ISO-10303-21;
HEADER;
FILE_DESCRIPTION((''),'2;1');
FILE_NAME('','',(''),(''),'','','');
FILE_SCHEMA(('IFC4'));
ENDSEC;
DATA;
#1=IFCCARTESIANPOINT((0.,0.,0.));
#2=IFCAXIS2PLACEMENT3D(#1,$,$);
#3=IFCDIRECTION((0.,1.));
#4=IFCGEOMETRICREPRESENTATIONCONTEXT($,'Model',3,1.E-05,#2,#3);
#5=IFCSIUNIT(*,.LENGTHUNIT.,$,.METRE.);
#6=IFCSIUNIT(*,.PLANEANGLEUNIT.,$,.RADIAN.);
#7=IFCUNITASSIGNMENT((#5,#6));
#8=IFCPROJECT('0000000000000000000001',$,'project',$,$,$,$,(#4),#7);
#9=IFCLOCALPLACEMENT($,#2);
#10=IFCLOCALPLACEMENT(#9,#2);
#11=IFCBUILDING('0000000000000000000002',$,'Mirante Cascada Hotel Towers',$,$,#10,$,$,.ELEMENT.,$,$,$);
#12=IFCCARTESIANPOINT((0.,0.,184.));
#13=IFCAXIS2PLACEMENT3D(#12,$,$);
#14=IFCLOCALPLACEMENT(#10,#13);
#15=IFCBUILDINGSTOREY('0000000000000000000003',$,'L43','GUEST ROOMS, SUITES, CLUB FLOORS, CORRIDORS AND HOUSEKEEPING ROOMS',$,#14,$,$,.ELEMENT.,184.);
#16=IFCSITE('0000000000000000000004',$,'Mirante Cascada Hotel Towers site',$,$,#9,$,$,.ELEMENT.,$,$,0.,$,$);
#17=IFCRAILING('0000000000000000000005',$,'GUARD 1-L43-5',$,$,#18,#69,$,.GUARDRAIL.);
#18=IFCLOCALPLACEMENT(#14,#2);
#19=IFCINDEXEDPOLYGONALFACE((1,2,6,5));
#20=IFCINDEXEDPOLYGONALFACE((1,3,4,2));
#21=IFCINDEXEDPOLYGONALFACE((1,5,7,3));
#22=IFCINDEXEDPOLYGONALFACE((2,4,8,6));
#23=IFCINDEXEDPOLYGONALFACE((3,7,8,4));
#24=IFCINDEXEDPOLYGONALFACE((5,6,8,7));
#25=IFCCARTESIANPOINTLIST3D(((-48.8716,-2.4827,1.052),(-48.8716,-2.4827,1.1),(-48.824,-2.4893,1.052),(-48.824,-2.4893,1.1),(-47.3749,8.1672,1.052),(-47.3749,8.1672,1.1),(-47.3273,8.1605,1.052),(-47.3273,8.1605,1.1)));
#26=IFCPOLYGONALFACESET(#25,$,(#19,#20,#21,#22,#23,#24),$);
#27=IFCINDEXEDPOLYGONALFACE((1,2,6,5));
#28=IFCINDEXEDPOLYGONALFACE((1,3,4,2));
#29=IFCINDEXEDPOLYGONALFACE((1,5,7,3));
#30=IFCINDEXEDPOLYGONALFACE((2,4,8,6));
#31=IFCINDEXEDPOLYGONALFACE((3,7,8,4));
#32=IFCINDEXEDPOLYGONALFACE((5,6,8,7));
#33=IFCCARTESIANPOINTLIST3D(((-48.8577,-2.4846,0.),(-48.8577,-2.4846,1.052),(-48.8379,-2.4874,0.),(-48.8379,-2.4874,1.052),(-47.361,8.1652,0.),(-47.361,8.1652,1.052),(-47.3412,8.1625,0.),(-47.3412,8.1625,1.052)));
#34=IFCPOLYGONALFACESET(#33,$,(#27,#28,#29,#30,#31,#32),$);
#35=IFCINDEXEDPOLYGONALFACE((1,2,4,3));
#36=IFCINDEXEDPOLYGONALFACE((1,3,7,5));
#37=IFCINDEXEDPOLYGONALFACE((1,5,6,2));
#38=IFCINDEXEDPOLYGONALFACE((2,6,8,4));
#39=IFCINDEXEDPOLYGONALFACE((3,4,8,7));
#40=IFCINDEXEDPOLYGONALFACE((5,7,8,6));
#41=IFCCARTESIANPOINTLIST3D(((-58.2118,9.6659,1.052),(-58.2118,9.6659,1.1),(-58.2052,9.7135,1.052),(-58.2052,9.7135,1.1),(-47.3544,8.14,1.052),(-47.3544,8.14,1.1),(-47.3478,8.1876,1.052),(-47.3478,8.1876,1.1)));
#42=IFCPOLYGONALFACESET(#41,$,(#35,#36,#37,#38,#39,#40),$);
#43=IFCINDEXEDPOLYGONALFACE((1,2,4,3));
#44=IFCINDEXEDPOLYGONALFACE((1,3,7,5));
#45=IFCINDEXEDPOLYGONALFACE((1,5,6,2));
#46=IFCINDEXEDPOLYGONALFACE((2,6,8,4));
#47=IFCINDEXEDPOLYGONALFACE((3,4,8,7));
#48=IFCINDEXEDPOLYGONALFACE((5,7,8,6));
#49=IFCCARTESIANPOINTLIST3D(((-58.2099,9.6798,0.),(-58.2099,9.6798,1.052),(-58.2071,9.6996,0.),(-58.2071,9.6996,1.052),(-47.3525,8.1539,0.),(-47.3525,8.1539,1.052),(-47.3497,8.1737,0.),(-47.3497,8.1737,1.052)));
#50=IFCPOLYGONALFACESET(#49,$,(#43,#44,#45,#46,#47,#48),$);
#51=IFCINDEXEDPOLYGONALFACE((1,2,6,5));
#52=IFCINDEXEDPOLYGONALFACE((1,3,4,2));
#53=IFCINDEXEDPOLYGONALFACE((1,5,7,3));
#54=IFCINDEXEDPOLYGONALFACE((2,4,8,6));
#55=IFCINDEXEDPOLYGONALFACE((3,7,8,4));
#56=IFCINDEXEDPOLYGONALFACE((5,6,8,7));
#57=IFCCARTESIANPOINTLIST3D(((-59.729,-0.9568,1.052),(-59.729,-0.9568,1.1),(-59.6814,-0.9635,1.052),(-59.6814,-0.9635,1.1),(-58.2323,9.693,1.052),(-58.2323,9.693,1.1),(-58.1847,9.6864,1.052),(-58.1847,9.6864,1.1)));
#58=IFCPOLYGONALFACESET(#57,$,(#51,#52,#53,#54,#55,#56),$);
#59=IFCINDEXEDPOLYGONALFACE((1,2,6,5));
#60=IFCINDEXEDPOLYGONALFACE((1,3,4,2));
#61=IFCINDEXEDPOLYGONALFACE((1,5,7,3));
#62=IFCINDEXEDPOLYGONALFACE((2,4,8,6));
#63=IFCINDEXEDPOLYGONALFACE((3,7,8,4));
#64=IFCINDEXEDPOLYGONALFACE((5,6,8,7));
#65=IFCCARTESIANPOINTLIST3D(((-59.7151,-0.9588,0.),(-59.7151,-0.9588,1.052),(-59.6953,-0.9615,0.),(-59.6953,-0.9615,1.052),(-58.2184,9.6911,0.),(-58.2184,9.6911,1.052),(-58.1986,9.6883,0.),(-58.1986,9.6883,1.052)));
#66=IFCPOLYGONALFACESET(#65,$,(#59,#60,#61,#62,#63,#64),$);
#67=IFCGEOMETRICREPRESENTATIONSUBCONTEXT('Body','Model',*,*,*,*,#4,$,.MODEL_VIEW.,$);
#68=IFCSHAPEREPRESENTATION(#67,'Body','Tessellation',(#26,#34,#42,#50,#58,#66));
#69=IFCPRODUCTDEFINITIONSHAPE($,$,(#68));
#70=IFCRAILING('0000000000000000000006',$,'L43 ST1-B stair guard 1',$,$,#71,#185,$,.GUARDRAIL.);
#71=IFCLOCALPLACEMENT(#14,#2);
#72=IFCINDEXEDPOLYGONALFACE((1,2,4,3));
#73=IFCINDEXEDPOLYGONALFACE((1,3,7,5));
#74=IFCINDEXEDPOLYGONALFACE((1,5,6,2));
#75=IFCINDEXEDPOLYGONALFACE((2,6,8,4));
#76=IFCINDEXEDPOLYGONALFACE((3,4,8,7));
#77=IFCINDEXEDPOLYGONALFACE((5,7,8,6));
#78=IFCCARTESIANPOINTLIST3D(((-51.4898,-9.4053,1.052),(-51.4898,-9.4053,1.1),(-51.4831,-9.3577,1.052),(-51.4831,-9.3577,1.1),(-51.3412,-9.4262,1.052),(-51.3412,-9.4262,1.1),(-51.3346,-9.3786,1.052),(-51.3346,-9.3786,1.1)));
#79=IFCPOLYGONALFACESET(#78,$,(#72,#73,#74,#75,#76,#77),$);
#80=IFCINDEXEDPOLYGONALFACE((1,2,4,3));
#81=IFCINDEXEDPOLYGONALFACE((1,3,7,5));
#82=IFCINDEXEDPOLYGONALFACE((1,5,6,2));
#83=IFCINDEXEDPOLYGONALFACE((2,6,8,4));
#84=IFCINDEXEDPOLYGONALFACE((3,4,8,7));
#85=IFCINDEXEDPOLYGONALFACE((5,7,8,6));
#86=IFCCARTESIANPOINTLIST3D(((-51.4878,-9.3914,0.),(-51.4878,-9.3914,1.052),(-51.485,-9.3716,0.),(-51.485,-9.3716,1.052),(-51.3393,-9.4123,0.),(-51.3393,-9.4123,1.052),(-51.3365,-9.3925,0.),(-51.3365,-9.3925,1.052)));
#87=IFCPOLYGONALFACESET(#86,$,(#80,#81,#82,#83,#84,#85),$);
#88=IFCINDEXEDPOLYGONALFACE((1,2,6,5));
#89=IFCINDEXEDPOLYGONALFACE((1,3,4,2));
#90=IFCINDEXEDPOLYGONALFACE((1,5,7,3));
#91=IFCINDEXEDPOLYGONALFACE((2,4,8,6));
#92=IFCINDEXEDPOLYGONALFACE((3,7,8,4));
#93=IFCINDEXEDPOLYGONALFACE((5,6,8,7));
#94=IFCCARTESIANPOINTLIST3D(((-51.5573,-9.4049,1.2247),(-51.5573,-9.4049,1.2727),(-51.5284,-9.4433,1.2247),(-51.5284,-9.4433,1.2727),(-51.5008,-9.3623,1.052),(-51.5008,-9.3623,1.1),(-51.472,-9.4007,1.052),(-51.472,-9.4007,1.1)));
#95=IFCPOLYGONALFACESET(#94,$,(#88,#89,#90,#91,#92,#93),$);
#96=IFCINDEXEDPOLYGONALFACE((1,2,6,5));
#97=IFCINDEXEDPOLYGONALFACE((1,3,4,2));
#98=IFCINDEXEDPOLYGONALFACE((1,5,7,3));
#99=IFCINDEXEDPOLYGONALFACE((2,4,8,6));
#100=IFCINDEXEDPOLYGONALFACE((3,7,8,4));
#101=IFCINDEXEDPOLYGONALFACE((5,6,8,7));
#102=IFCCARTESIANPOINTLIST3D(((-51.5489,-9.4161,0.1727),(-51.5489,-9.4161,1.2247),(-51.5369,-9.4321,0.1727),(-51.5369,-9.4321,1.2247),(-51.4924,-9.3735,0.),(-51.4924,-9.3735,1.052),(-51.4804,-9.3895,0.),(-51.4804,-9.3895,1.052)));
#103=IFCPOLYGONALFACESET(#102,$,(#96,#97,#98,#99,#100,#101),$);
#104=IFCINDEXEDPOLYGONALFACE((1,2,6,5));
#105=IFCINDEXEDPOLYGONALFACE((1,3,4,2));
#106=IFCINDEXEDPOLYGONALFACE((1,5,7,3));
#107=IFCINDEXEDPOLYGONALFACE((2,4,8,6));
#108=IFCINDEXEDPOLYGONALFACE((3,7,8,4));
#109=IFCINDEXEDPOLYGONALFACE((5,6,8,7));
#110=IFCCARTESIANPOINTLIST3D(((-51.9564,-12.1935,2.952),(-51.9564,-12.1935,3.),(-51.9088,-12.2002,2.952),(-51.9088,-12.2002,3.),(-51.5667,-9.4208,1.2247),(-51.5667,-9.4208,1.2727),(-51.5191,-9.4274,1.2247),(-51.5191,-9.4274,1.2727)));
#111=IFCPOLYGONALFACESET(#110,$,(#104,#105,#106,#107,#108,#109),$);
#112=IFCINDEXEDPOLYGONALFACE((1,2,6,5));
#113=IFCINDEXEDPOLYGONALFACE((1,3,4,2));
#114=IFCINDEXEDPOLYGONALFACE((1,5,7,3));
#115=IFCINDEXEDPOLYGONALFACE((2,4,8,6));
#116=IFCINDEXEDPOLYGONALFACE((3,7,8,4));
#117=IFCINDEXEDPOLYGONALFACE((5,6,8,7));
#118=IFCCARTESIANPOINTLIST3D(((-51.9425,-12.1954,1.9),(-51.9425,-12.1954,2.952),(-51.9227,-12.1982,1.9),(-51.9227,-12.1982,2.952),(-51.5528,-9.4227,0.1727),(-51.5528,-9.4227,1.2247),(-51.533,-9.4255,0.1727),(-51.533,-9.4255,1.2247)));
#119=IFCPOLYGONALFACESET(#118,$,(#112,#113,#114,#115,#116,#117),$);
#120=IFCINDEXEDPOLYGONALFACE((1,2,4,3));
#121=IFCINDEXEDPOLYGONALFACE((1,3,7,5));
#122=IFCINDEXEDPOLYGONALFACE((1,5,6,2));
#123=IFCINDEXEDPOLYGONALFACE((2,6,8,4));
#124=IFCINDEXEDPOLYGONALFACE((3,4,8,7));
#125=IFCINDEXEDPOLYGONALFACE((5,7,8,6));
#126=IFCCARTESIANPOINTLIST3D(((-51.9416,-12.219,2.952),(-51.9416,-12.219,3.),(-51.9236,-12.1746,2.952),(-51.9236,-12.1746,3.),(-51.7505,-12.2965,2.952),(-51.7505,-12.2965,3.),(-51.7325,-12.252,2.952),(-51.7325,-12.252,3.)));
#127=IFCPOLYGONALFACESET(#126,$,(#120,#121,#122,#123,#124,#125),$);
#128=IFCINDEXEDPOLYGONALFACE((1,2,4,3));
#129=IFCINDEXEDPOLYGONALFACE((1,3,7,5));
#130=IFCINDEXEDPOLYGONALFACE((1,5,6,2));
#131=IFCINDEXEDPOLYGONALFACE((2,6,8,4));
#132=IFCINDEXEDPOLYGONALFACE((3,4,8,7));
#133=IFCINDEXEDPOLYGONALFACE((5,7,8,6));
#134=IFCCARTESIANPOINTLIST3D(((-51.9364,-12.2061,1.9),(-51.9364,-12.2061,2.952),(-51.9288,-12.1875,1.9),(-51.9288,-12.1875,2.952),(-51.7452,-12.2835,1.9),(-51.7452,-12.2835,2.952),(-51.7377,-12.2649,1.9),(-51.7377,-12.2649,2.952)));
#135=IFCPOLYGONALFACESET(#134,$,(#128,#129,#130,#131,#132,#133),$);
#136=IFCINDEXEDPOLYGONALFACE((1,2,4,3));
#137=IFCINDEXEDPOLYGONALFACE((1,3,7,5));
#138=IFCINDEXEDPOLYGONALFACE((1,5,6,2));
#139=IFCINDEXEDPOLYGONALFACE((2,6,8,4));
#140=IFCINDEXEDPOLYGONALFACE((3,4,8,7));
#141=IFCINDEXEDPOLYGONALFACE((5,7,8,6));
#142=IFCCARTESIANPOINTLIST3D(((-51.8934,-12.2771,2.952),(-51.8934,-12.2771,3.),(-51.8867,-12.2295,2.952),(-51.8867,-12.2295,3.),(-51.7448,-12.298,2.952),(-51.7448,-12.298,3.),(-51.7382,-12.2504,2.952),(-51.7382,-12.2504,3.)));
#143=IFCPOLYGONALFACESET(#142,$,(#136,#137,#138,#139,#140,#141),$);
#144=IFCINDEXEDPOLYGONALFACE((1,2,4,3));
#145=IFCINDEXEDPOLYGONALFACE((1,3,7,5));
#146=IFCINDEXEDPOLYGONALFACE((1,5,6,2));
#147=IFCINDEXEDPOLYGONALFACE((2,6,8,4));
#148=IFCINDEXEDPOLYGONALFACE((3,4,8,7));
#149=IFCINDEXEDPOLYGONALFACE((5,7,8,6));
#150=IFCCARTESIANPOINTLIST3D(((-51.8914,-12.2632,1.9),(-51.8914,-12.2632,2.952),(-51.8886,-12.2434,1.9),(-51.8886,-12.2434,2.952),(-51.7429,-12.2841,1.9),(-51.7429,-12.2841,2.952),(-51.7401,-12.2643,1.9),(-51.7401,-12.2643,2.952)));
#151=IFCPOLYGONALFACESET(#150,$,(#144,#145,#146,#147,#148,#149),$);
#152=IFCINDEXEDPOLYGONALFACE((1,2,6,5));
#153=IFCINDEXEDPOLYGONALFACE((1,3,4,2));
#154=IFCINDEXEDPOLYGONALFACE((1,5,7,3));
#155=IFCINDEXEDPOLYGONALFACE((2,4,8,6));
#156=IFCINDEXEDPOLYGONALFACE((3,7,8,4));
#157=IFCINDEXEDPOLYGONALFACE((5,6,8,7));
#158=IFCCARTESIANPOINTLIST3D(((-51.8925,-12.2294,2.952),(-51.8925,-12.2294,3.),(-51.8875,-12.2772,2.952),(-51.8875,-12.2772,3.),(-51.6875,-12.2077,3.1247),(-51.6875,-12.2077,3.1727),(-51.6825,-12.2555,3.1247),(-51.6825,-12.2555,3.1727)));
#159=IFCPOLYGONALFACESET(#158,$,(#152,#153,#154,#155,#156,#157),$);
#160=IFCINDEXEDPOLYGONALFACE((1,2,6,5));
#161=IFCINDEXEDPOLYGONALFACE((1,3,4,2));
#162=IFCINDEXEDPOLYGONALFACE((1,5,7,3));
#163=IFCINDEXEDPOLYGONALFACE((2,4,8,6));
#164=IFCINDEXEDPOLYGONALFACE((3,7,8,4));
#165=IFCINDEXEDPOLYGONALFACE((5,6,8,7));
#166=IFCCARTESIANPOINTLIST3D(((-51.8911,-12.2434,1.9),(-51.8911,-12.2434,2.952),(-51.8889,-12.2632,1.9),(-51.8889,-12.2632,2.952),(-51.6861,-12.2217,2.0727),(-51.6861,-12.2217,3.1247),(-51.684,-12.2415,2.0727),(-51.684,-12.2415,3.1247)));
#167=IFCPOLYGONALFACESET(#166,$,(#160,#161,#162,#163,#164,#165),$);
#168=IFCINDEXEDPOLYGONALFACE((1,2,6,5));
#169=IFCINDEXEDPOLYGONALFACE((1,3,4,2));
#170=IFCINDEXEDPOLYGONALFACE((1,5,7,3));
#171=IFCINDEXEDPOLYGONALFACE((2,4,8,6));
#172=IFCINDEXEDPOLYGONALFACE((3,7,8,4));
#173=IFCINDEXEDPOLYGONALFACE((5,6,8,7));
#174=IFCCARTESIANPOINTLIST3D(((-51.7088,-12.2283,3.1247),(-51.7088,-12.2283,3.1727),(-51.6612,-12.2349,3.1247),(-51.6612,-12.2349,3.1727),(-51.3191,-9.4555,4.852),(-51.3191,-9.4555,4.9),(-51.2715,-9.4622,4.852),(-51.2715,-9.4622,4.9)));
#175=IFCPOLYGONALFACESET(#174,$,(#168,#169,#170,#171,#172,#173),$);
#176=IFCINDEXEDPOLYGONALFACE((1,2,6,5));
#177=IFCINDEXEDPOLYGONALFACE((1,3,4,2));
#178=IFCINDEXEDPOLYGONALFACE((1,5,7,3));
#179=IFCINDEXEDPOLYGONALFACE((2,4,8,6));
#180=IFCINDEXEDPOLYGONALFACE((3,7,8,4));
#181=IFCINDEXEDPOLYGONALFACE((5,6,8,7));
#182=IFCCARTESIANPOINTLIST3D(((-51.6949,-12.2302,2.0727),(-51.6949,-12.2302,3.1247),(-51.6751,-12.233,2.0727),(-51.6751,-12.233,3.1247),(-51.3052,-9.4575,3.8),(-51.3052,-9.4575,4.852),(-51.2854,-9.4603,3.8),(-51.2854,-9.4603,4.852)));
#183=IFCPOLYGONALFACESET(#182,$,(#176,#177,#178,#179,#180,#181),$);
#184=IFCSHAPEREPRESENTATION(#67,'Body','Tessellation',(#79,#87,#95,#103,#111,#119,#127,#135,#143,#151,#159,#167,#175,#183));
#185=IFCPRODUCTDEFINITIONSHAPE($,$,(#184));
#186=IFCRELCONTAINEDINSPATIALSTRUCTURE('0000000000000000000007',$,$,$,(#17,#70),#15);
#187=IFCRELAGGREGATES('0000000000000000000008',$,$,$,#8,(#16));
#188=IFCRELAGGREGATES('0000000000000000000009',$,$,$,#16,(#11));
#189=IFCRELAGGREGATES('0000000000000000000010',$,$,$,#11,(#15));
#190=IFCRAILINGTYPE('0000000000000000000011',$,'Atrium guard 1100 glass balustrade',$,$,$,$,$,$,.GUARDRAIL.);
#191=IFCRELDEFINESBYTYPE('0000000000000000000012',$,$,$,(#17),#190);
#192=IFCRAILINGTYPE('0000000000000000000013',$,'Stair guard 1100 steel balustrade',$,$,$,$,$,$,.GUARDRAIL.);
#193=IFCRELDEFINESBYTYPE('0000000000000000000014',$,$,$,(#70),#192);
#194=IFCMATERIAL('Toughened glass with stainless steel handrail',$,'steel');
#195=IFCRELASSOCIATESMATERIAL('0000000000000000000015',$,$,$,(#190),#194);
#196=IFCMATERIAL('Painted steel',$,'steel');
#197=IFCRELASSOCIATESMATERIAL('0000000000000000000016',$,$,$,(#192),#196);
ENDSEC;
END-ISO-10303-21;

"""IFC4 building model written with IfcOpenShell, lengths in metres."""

from ifc_helpers import new_model, si_unit, direction, frame, origin, origin_2d, place, context, subcontext, project, spatial, rectangle, extrude, material, type_object, element, save


model = new_model("IFC4")

# Units and contexts
model_context = context("Model", 3, precision=1e-05, world=origin(), true_north=direction((0.0, 1.0)))
body_context = subcontext(model_context, "Body", "Model", "MODEL_VIEW")
ifc_project = project(units=[si_unit("LENGTHUNIT", "METRE"), si_unit("PLANEANGLEUNIT", "RADIAN")], contexts=[model_context])

# Site, building, storey
site_placement = place(None, origin())
site = spatial("IfcSite", under=ifc_project, at=site_placement, Name="Mirante Cascada Hotel Towers site", CompositionType="ELEMENT", RefElevation=0.0)
building_placement = place(site_placement, origin())
building = spatial("IfcBuilding", under=site, at=building_placement, Name="Mirante Cascada Hotel Towers", CompositionType="ELEMENT")
storey_placement = place(building_placement, frame((0.0, 0.0, 184.0)))
storey = spatial("IfcBuildingStorey", under=building, at=storey_placement, Name="L43", Description="GUEST ROOMS, SUITES, CLUB FLOORS, CORRIDORS AND HOUSEKEEPING ROOMS", CompositionType="ELEMENT", Elevation=184.0)

# Railings
ifc_material_1 = material(Name="Toughened glass with stainless steel handrail", Category="steel")
railing_type_1 = type_object("IfcRailingType", Name="Atrium guard 1100 glass balustrade", PredefinedType="GUARDRAIL", material=ifc_material_1)
railing_1_placement = place(storey_placement, frame((-48.8478, -2.486, 0.0)))
element("IfcRailing", 1, at=railing_1_placement, inside=storey, type_object=railing_type_1, Name="GUARD 1-L43-5", PredefinedType="GUARDRAIL", context=body_context, shape_type="SweptSolid", body=[
    extrude(rectangle(XDim=0.048, YDim=0.048, at=origin_2d()), frame((0.0, 0.0, 1.076), z_axis=(0.13917, 0.990268, 0.0), x_axis=(-0.990268, 0.13917, 0.0)), (0.0, 0.0, 1.0), 10.7545),
    extrude(rectangle(XDim=0.02, YDim=1.052, at=origin_2d()), frame((0.0, 0.0, 0.526), z_axis=(0.13917, 0.990268, 0.0), x_axis=(-0.990268, 0.13917, 0.0)), (0.0, 0.0, 1.0), 10.7545),
    extrude(rectangle(XDim=0.048, YDim=0.048, at=origin_2d()), frame((1.4967, 10.6498, 1.076), z_axis=(-0.990268, 0.139172, 0.0), x_axis=(-0.139172, -0.990268, 0.0)), (0.0, 0.0, 1.0), 10.9641),
    extrude(rectangle(XDim=0.02, YDim=1.052, at=origin_2d()), frame((1.4967, 10.6498, 0.526), z_axis=(-0.990268, 0.139172, 0.0), x_axis=(-0.139172, -0.990268, 0.0)), (0.0, 0.0, 1.0), 10.9641),
    extrude(rectangle(XDim=0.048, YDim=0.048, at=origin_2d()), frame((-9.3607, 12.1757, 1.076), z_axis=(-0.13917, -0.990268, 0.0), x_axis=(0.990268, -0.13917, 0.0)), (0.0, 0.0, 1.0), 10.7545),
    extrude(rectangle(XDim=0.02, YDim=1.052, at=origin_2d()), frame((-9.3607, 12.1757, 0.526), z_axis=(-0.13917, -0.990268, 0.0), x_axis=(0.990268, -0.13917, 0.0)), (0.0, 0.0, 1.0), 10.7545),
])
ifc_material_2 = material(Name="Painted steel", Category="steel")
railing_type_2 = type_object("IfcRailingType", Name="Stair guard 1100 steel balustrade", PredefinedType="GUARDRAIL", material=ifc_material_2)
railing_2_placement = place(storey_placement, frame((-51.3379, -9.4024, 0.0)))
element("IfcRailing", 2, at=railing_2_placement, inside=storey, type_object=railing_type_2, Name="L43 ST1-B stair guard 1", PredefinedType="GUARDRAIL", context=body_context, shape_type="SweptSolid", body=[
    extrude(rectangle(XDim=0.048, YDim=0.048, at=origin_2d()), frame((0.0, 0.0, 1.076), z_axis=(-0.990241, 0.139367, 0.0), x_axis=(-0.139367, -0.990241, 0.0)), (0.0, 0.0, 1.0), 0.15),
    extrude(rectangle(XDim=0.02, YDim=1.052, at=origin_2d()), frame((0.0, 0.0, 0.526), z_axis=(-0.990241, 0.139367, 0.0), x_axis=(-0.139367, -0.990241, 0.0)), (0.0, 0.0, 1.0), 0.15),
    extrude(rectangle(XDim=0.048, YDim=0.048, at=origin_2d()), frame((-0.1485, 0.0209, 1.076), z_axis=(-0.798471, -0.602033, 0.0), x_axis=(0.602033, -0.798471, 0.0)), (0.0, 0.92534, 0.379139), 0.1866),
    extrude(rectangle(XDim=0.02, YDim=1.052, at=origin_2d()), frame((-0.1485, 0.0209, 0.526), z_axis=(-0.798471, -0.602033, 0.0), x_axis=(0.602033, -0.798471, 0.0)), (0.0, 0.92534, 0.379139), 0.1866),
    extrude(rectangle(XDim=0.048, YDim=0.048, at=origin_2d()), frame((-0.205, -0.0217, 1.2487), z_axis=(-0.139181, -0.990267, 0.0), x_axis=(0.990267, -0.139181, 0.0)), (0.0, 0.525035, 0.851081), 3.2899),
    extrude(rectangle(XDim=0.02, YDim=1.052, at=origin_2d()), frame((-0.205, -0.0217, 0.6987), z_axis=(-0.139181, -0.990267, 0.0), x_axis=(0.990267, -0.139181, 0.0)), (0.0, 0.525035, 0.851081), 3.2899),
    extrude(rectangle(XDim=0.048, YDim=0.048, at=origin_2d()), frame((-0.5947, -2.7944, 2.976), z_axis=(0.926862, -0.375401, 0.0), x_axis=(0.375401, 0.926862, 0.0)), (0.0, 0.0, 1.0), 0.2062),
    extrude(rectangle(XDim=0.02, YDim=1.052, at=origin_2d()), frame((-0.5947, -2.7944, 2.426), z_axis=(0.926862, -0.375401, 0.0), x_axis=(0.375401, 0.926862, 0.0)), (0.0, 0.0, 1.0), 0.2062),
    extrude(rectangle(XDim=0.048, YDim=0.048, at=origin_2d()), frame((-0.4036, -2.8718, 2.976), z_axis=(-0.990241, 0.139367, 0.0), x_axis=(-0.139367, -0.990241, 0.0)), (0.0, 0.0, 1.0), 0.15),
    extrude(rectangle(XDim=0.02, YDim=1.052, at=origin_2d()), frame((-0.4036, -2.8718, 2.426), z_axis=(-0.990241, 0.139367, 0.0), x_axis=(-0.139367, -0.990241, 0.0)), (0.0, 0.0, 1.0), 0.15),
    extrude(rectangle(XDim=0.048, YDim=0.048, at=origin_2d()), frame((-0.5521, -2.8509, 2.976), z_axis=(0.994444, 0.105266, 0.0), x_axis=(-0.105266, 0.994444, 0.0)), (0.0, 0.642184, 0.76655), 0.2689),
    extrude(rectangle(XDim=0.02, YDim=1.052, at=origin_2d()), frame((-0.5521, -2.8509, 2.426), z_axis=(0.994444, 0.105266, 0.0), x_axis=(-0.105266, 0.994444, 0.0)), (0.0, 0.642184, 0.76655), 0.2689),
    extrude(rectangle(XDim=0.048, YDim=0.048, at=origin_2d()), frame((-0.3471, -2.8292, 3.1487), z_axis=(0.139181, 0.990267, 0.0), x_axis=(-0.990267, 0.139181, 0.0)), (0.0, 0.525035, 0.851081), 3.2899),
    extrude(rectangle(XDim=0.02, YDim=1.052, at=origin_2d()), frame((-0.3471, -2.8292, 2.5987), z_axis=(0.139181, 0.990267, 0.0), x_axis=(-0.990267, 0.139181, 0.0)), (0.0, 0.525035, 0.851081), 3.2899),
])

save(model, "model.ifc")
